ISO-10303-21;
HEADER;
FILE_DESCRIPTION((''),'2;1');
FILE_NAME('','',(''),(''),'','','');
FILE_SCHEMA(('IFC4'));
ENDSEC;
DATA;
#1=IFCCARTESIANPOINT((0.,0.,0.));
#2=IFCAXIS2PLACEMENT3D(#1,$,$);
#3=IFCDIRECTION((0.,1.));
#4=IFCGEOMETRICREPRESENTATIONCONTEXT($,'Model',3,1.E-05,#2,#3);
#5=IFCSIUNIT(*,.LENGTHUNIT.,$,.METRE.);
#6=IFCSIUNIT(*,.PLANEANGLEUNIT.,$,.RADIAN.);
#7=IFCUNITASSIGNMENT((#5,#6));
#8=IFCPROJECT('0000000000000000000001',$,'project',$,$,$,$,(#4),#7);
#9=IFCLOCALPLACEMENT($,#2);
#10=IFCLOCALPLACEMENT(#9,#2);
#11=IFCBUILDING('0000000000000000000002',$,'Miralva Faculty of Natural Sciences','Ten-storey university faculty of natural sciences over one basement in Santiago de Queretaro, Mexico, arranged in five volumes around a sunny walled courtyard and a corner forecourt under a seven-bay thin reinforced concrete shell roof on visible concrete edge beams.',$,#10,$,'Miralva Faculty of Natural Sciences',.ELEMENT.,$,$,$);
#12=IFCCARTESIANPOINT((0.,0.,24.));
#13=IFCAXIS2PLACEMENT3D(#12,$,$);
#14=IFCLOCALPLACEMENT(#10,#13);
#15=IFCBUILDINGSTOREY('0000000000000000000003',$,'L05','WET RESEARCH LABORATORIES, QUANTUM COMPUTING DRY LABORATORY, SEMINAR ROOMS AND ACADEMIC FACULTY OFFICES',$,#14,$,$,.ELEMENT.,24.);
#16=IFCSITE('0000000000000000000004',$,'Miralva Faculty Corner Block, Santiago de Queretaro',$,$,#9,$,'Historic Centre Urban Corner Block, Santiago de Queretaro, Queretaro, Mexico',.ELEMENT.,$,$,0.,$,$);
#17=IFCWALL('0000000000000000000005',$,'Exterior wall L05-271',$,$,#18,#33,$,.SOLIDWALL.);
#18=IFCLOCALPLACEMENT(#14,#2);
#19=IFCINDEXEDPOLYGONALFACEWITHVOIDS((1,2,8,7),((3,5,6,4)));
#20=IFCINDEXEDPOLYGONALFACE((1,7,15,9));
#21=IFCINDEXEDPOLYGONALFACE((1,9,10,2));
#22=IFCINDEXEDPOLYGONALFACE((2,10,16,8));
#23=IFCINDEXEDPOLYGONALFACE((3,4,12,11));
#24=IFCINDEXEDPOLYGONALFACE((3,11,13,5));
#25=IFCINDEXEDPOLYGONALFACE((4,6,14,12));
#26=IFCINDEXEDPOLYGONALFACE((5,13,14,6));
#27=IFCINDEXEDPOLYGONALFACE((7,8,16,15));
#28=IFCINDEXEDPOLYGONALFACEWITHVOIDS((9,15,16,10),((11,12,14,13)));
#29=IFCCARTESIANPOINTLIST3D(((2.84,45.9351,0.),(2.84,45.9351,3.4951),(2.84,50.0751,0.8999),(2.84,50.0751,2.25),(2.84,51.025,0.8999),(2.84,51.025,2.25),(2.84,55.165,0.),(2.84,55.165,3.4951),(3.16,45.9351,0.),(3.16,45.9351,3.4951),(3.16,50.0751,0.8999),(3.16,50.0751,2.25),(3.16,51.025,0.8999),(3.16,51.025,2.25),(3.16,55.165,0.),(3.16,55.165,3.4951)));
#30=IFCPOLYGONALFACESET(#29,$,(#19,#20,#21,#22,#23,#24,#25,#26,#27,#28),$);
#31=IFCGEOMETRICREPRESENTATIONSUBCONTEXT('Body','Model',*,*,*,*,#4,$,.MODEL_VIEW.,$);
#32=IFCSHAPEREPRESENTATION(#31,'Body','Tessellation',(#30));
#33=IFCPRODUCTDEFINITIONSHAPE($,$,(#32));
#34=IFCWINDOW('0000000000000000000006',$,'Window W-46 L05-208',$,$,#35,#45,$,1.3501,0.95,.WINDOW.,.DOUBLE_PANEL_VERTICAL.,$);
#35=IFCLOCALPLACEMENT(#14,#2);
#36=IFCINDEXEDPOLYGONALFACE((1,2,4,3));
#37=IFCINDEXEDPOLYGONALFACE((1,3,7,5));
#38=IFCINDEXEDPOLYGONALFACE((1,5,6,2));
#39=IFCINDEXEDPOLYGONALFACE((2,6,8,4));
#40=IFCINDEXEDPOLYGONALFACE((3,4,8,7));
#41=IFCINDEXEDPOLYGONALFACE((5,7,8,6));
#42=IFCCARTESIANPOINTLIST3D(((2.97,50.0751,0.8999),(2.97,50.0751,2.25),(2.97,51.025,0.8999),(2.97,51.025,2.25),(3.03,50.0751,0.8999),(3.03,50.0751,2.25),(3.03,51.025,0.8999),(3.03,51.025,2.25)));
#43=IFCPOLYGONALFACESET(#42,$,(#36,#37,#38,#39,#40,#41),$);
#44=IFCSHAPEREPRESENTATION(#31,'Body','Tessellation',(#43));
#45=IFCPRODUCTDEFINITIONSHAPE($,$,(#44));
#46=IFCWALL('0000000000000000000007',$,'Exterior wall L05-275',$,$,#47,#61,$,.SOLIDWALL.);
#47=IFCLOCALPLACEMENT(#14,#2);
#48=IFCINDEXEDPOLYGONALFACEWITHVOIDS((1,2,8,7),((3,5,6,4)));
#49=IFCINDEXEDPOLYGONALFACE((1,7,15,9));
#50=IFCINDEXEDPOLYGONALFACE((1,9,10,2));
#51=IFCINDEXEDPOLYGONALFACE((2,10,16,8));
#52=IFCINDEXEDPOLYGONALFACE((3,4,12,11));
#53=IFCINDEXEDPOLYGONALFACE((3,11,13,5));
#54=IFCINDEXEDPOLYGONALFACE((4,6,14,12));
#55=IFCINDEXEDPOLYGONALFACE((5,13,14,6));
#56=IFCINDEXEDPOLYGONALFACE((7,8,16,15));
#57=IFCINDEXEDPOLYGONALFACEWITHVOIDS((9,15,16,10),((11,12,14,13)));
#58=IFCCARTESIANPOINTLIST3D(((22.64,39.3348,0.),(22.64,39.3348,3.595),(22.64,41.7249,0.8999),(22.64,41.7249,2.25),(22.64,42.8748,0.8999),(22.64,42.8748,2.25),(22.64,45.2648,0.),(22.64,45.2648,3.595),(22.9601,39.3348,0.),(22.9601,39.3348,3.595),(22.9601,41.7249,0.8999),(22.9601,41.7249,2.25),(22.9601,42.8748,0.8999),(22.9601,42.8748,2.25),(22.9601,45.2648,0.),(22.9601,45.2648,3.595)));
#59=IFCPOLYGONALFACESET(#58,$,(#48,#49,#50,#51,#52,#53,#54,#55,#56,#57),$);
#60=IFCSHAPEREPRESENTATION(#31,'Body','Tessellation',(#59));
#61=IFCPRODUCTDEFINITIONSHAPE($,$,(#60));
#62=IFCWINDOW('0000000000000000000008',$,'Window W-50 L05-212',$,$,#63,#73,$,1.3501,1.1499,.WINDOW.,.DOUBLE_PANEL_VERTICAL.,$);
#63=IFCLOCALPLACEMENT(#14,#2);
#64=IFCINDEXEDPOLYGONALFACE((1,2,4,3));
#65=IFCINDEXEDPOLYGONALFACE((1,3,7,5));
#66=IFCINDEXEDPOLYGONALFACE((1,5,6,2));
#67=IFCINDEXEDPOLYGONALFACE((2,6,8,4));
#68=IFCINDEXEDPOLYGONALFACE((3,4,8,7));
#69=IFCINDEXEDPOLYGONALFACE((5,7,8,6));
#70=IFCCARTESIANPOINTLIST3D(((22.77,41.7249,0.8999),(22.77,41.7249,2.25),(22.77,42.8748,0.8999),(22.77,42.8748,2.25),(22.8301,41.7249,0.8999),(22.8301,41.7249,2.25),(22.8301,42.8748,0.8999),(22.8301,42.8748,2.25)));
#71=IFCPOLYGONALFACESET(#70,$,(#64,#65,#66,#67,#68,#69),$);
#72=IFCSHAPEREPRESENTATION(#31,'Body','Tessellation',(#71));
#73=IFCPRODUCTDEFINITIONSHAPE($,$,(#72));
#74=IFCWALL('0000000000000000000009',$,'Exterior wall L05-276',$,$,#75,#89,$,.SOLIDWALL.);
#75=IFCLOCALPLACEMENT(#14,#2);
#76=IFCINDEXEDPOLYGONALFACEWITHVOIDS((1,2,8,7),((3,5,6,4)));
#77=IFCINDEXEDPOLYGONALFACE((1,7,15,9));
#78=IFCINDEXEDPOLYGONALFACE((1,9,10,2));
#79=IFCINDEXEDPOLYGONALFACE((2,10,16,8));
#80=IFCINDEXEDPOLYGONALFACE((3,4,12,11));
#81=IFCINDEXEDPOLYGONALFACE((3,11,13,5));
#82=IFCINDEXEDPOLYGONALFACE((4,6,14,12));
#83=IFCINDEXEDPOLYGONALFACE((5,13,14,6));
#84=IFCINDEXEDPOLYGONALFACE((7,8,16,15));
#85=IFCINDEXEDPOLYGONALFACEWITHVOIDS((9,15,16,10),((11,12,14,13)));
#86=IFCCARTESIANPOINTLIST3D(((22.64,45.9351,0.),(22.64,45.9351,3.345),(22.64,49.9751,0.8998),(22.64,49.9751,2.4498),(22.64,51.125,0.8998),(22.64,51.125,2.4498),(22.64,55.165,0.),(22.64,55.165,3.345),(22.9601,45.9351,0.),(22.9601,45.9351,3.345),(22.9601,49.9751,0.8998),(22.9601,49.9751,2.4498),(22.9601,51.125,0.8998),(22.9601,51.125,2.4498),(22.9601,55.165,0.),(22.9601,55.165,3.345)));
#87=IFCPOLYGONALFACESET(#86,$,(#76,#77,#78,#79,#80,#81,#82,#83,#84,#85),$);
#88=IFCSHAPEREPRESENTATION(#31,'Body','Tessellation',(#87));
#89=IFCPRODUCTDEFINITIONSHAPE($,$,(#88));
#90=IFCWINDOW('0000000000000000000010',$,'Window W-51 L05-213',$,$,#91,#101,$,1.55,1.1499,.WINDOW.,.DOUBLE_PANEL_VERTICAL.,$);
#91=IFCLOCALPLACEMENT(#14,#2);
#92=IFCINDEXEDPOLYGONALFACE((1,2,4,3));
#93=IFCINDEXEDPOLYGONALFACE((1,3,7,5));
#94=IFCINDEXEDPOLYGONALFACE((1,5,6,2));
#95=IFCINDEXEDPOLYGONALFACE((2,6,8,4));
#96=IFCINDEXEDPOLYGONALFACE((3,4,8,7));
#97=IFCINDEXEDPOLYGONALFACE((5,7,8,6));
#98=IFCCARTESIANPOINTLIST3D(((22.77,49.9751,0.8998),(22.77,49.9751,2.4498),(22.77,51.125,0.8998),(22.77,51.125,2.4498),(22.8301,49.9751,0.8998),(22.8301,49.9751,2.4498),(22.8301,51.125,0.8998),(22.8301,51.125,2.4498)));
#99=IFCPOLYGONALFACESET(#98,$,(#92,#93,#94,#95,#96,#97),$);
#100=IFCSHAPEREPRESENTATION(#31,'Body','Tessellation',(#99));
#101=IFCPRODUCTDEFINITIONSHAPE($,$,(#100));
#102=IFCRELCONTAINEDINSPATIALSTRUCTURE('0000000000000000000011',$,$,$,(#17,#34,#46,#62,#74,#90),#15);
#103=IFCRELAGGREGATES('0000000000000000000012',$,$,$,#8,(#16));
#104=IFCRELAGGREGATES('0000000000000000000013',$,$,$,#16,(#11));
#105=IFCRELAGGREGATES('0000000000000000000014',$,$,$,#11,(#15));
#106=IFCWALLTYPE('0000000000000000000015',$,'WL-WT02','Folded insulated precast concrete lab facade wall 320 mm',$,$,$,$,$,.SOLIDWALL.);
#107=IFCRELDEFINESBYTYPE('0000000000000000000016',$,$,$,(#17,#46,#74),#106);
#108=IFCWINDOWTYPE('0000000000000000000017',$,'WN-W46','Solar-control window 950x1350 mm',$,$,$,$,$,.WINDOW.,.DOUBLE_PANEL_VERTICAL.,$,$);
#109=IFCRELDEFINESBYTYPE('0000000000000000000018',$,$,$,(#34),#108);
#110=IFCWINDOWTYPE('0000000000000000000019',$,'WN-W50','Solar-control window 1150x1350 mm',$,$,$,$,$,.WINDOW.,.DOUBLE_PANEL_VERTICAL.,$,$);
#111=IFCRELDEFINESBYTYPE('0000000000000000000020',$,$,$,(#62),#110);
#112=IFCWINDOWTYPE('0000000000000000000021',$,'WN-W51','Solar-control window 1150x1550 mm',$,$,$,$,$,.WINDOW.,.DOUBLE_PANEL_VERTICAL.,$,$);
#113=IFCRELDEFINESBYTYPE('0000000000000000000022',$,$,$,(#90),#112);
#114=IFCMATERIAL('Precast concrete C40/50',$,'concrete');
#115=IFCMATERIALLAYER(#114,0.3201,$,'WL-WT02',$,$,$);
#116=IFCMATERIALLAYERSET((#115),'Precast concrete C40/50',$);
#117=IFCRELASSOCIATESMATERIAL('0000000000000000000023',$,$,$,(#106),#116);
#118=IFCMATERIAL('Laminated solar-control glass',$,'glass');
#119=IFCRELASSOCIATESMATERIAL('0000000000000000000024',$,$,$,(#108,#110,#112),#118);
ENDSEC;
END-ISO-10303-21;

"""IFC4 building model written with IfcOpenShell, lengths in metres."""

from ifc_helpers import new_model, si_unit, direction, frame, frame_2d, origin, place, context, subcontext, project, spatial, rectangle, extrude, material, layer, layer_set, type_object, element, fill, save


model = new_model("IFC4")

# Units and contexts
model_context = context("Model", 3, precision=1e-05, world=origin(), true_north=direction((0.0, 1.0)))
body_context = subcontext(model_context, "Body", "Model", "MODEL_VIEW")
ifc_project = project(units=[si_unit("LENGTHUNIT", "METRE"), si_unit("PLANEANGLEUNIT", "RADIAN")], contexts=[model_context])

# Site, building, storey
site_placement = place(None, origin())
site = spatial("IfcSite", under=ifc_project, at=site_placement, Name="Miralva Faculty Corner Block, Santiago de Queretaro", LongName="Historic Centre Urban Corner Block, Santiago de Queretaro, Queretaro, Mexico", CompositionType="ELEMENT", RefElevation=0.0)
building_placement = place(site_placement, origin())
building = spatial("IfcBuilding", under=site, at=building_placement, Name="Miralva Faculty of Natural Sciences", Description="Ten-storey university faculty of natural sciences over one basement in Santiago de Queretaro, Mexico, arranged in five volumes around a sunny walled courtyard and a corner forecourt under a seven-bay thin reinforced concrete shell roof on visible concrete edge beams.", LongName="Miralva Faculty of Natural Sciences", CompositionType="ELEMENT")
storey_placement = place(building_placement, frame((0.0, 0.0, 24.0)))
storey = spatial("IfcBuildingStorey", under=building, at=storey_placement, Name="L05", Description="WET RESEARCH LABORATORIES, QUANTUM COMPUTING DRY LABORATORY, SEMINAR ROOMS AND ACADEMIC FACULTY OFFICES", CompositionType="ELEMENT", Elevation=24.0)

# Walls, openings, windows
ifc_material_1 = material(Name="Precast concrete C40/50", Category="concrete")
ifc_layer_1 = layer(ifc_material_1, 0.3201, Name="WL-WT02")
ifc_layer_set_1 = layer_set([ifc_layer_1], Name="Precast concrete C40/50")
wall_type_1 = type_object("IfcWallType", Name="WL-WT02", Description="Folded insulated precast concrete lab facade wall 320 mm", PredefinedType="SOLIDWALL", material=ifc_layer_set_1)
ifc_material_2 = material(Name="Laminated solar-control glass", Category="glass")
wall_1_placement = place(storey_placement, frame((3.0, 45.9351, 0.0), z_axis=(0.0, 0.0, 1.0), x_axis=(0.0, 1.0, 0.0)))
wall_1 = element("IfcWall", 1, at=wall_1_placement, inside=storey, type_object=wall_type_1, Name="Exterior wall L05-271", PredefinedType="SOLIDWALL", context=body_context, shape_type="SweptSolid", body=[
    extrude(rectangle(XDim=9.23, YDim=0.3201, at=frame_2d((4.615, 0.0))), origin(), (0.0, 0.0, 1.0), 3.4951),
])
opening_1_placement = place(wall_1_placement, frame((4.1399, 0.0, 0.8999)))
opening_1 = element("IfcOpeningElement", 2, at=opening_1_placement, cuts=wall_1, PredefinedType="OPENING", context=body_context, shape_type="SweptSolid", body=[
    extrude(rectangle(XDim=0.95, YDim=1.3501, at=frame_2d((0.4751, 0.675))), frame((0.0, 0.1699, 0.0), z_axis=(0.0, -1.0, 0.0), x_axis=(1.0, 0.0, 0.0)), (0.0, 0.0, 1.0), 0.3401),
])
window_type_1 = type_object("IfcWindowType", Name="WN-W46", Description="Solar-control window 950x1350 mm", PartitioningType="DOUBLE_PANEL_VERTICAL", PredefinedType="WINDOW", material=ifc_material_2)
window_1_placement = place(opening_1_placement, origin())
window_1 = element("IfcWindow", 3, at=window_1_placement, inside=storey, type_object=window_type_1, Name="Window W-46 L05-208", OverallHeight=1.3501, OverallWidth=0.95, PartitioningType="DOUBLE_PANEL_VERTICAL", PredefinedType="WINDOW", context=body_context, shape_type="SweptSolid", body=[
    extrude(rectangle(XDim=0.95, YDim=1.3501, at=frame_2d((0.4751, 0.675))), frame((0.0, 0.03, 0.0), z_axis=(0.0, -1.0, 0.0), x_axis=(1.0, 0.0, 0.0)), (0.0, 0.0, 1.0), 0.0601),
])
fill(opening_1, window_1)
wall_2_placement = place(storey_placement, frame((22.8, 39.335, 0.0), z_axis=(0.0, 0.0, 1.0), x_axis=(0.0, 1.0, 0.0)))
wall_2 = element("IfcWall", 4, at=wall_2_placement, inside=storey, type_object=wall_type_1, Name="Exterior wall L05-275", PredefinedType="SOLIDWALL", context=body_context, shape_type="SweptSolid", body=[
    extrude(rectangle(XDim=5.9299, YDim=0.3201, at=frame_2d((2.9648, 0.0))), origin(), (0.0, 0.0, 1.0), 3.595),
])
opening_2_placement = place(wall_2_placement, frame((2.3899, 0.0, 0.8999)))
opening_2 = element("IfcOpeningElement", 5, at=opening_2_placement, cuts=wall_2, PredefinedType="OPENING", context=body_context, shape_type="SweptSolid", body=[
    extrude(rectangle(XDim=1.1499, YDim=1.3501, at=frame_2d((0.575, 0.675))), frame((0.0, 0.1699, 0.0), z_axis=(0.0, -1.0, 0.0), x_axis=(1.0, 0.0, 0.0)), (0.0, 0.0, 1.0), 0.3401),
])
window_type_2 = type_object("IfcWindowType", Name="WN-W50", Description="Solar-control window 1150x1350 mm", PartitioningType="DOUBLE_PANEL_VERTICAL", PredefinedType="WINDOW", material=ifc_material_2)
window_2_placement = place(opening_2_placement, frame((1.1499, 0.0, 0.0), z_axis=(0.0, 0.0, 1.0), x_axis=(-1.0, 0.0, 0.0)))
window_2 = element("IfcWindow", 6, at=window_2_placement, inside=storey, type_object=window_type_2, Name="Window W-50 L05-212", OverallHeight=1.3501, OverallWidth=1.1499, PartitioningType="DOUBLE_PANEL_VERTICAL", PredefinedType="WINDOW", context=body_context, shape_type="SweptSolid", body=[
    extrude(rectangle(XDim=1.1499, YDim=1.3501, at=frame_2d((0.575, 0.675))), frame((0.0, 0.03, 0.0), z_axis=(0.0, -1.0, 0.0), x_axis=(1.0, 0.0, 0.0)), (0.0, 0.0, 1.0), 0.0601),
])
fill(opening_2, window_2)
wall_3_placement = place(storey_placement, frame((22.8, 45.9351, 0.0), z_axis=(0.0, 0.0, 1.0), x_axis=(0.0, 1.0, 0.0)))
wall_3 = element("IfcWall", 7, at=wall_3_placement, inside=storey, type_object=wall_type_1, Name="Exterior wall L05-276", PredefinedType="SOLIDWALL", context=body_context, shape_type="SweptSolid", body=[
    extrude(rectangle(XDim=9.23, YDim=0.3201, at=frame_2d((4.615, 0.0))), origin(), (0.0, 0.0, 1.0), 3.345),
])
opening_3_placement = place(wall_3_placement, frame((4.04, 0.0, 0.8999)))
opening_3 = element("IfcOpeningElement", 8, at=opening_3_placement, cuts=wall_3, PredefinedType="OPENING", context=body_context, shape_type="SweptSolid", body=[
    extrude(rectangle(XDim=1.1499, YDim=1.55, at=frame_2d((0.575, 0.7749))), frame((0.0, 0.1699, 0.0), z_axis=(0.0, -1.0, 0.0), x_axis=(1.0, 0.0, 0.0)), (0.0, 0.0, 1.0), 0.3401),
])
window_type_3 = type_object("IfcWindowType", Name="WN-W51", Description="Solar-control window 1150x1550 mm", PartitioningType="DOUBLE_PANEL_VERTICAL", PredefinedType="WINDOW", material=ifc_material_2)
window_3_placement = place(opening_3_placement, frame((1.1499, 0.0, 0.0), z_axis=(0.0, 0.0, 1.0), x_axis=(-1.0, 0.0, 0.0)))
window_3 = element("IfcWindow", 9, at=window_3_placement, inside=storey, type_object=window_type_3, Name="Window W-51 L05-213", OverallHeight=1.55, OverallWidth=1.1499, PartitioningType="DOUBLE_PANEL_VERTICAL", PredefinedType="WINDOW", context=body_context, shape_type="SweptSolid", body=[
    extrude(rectangle(XDim=1.1499, YDim=1.55, at=frame_2d((0.575, 0.7749))), frame((0.0, 0.03, 0.0), z_axis=(0.0, -1.0, 0.0), x_axis=(1.0, 0.0, 0.0)), (0.0, 0.0, 1.0), 0.0601),
])
fill(opening_3, window_3)

save(model, "model.ifc")
